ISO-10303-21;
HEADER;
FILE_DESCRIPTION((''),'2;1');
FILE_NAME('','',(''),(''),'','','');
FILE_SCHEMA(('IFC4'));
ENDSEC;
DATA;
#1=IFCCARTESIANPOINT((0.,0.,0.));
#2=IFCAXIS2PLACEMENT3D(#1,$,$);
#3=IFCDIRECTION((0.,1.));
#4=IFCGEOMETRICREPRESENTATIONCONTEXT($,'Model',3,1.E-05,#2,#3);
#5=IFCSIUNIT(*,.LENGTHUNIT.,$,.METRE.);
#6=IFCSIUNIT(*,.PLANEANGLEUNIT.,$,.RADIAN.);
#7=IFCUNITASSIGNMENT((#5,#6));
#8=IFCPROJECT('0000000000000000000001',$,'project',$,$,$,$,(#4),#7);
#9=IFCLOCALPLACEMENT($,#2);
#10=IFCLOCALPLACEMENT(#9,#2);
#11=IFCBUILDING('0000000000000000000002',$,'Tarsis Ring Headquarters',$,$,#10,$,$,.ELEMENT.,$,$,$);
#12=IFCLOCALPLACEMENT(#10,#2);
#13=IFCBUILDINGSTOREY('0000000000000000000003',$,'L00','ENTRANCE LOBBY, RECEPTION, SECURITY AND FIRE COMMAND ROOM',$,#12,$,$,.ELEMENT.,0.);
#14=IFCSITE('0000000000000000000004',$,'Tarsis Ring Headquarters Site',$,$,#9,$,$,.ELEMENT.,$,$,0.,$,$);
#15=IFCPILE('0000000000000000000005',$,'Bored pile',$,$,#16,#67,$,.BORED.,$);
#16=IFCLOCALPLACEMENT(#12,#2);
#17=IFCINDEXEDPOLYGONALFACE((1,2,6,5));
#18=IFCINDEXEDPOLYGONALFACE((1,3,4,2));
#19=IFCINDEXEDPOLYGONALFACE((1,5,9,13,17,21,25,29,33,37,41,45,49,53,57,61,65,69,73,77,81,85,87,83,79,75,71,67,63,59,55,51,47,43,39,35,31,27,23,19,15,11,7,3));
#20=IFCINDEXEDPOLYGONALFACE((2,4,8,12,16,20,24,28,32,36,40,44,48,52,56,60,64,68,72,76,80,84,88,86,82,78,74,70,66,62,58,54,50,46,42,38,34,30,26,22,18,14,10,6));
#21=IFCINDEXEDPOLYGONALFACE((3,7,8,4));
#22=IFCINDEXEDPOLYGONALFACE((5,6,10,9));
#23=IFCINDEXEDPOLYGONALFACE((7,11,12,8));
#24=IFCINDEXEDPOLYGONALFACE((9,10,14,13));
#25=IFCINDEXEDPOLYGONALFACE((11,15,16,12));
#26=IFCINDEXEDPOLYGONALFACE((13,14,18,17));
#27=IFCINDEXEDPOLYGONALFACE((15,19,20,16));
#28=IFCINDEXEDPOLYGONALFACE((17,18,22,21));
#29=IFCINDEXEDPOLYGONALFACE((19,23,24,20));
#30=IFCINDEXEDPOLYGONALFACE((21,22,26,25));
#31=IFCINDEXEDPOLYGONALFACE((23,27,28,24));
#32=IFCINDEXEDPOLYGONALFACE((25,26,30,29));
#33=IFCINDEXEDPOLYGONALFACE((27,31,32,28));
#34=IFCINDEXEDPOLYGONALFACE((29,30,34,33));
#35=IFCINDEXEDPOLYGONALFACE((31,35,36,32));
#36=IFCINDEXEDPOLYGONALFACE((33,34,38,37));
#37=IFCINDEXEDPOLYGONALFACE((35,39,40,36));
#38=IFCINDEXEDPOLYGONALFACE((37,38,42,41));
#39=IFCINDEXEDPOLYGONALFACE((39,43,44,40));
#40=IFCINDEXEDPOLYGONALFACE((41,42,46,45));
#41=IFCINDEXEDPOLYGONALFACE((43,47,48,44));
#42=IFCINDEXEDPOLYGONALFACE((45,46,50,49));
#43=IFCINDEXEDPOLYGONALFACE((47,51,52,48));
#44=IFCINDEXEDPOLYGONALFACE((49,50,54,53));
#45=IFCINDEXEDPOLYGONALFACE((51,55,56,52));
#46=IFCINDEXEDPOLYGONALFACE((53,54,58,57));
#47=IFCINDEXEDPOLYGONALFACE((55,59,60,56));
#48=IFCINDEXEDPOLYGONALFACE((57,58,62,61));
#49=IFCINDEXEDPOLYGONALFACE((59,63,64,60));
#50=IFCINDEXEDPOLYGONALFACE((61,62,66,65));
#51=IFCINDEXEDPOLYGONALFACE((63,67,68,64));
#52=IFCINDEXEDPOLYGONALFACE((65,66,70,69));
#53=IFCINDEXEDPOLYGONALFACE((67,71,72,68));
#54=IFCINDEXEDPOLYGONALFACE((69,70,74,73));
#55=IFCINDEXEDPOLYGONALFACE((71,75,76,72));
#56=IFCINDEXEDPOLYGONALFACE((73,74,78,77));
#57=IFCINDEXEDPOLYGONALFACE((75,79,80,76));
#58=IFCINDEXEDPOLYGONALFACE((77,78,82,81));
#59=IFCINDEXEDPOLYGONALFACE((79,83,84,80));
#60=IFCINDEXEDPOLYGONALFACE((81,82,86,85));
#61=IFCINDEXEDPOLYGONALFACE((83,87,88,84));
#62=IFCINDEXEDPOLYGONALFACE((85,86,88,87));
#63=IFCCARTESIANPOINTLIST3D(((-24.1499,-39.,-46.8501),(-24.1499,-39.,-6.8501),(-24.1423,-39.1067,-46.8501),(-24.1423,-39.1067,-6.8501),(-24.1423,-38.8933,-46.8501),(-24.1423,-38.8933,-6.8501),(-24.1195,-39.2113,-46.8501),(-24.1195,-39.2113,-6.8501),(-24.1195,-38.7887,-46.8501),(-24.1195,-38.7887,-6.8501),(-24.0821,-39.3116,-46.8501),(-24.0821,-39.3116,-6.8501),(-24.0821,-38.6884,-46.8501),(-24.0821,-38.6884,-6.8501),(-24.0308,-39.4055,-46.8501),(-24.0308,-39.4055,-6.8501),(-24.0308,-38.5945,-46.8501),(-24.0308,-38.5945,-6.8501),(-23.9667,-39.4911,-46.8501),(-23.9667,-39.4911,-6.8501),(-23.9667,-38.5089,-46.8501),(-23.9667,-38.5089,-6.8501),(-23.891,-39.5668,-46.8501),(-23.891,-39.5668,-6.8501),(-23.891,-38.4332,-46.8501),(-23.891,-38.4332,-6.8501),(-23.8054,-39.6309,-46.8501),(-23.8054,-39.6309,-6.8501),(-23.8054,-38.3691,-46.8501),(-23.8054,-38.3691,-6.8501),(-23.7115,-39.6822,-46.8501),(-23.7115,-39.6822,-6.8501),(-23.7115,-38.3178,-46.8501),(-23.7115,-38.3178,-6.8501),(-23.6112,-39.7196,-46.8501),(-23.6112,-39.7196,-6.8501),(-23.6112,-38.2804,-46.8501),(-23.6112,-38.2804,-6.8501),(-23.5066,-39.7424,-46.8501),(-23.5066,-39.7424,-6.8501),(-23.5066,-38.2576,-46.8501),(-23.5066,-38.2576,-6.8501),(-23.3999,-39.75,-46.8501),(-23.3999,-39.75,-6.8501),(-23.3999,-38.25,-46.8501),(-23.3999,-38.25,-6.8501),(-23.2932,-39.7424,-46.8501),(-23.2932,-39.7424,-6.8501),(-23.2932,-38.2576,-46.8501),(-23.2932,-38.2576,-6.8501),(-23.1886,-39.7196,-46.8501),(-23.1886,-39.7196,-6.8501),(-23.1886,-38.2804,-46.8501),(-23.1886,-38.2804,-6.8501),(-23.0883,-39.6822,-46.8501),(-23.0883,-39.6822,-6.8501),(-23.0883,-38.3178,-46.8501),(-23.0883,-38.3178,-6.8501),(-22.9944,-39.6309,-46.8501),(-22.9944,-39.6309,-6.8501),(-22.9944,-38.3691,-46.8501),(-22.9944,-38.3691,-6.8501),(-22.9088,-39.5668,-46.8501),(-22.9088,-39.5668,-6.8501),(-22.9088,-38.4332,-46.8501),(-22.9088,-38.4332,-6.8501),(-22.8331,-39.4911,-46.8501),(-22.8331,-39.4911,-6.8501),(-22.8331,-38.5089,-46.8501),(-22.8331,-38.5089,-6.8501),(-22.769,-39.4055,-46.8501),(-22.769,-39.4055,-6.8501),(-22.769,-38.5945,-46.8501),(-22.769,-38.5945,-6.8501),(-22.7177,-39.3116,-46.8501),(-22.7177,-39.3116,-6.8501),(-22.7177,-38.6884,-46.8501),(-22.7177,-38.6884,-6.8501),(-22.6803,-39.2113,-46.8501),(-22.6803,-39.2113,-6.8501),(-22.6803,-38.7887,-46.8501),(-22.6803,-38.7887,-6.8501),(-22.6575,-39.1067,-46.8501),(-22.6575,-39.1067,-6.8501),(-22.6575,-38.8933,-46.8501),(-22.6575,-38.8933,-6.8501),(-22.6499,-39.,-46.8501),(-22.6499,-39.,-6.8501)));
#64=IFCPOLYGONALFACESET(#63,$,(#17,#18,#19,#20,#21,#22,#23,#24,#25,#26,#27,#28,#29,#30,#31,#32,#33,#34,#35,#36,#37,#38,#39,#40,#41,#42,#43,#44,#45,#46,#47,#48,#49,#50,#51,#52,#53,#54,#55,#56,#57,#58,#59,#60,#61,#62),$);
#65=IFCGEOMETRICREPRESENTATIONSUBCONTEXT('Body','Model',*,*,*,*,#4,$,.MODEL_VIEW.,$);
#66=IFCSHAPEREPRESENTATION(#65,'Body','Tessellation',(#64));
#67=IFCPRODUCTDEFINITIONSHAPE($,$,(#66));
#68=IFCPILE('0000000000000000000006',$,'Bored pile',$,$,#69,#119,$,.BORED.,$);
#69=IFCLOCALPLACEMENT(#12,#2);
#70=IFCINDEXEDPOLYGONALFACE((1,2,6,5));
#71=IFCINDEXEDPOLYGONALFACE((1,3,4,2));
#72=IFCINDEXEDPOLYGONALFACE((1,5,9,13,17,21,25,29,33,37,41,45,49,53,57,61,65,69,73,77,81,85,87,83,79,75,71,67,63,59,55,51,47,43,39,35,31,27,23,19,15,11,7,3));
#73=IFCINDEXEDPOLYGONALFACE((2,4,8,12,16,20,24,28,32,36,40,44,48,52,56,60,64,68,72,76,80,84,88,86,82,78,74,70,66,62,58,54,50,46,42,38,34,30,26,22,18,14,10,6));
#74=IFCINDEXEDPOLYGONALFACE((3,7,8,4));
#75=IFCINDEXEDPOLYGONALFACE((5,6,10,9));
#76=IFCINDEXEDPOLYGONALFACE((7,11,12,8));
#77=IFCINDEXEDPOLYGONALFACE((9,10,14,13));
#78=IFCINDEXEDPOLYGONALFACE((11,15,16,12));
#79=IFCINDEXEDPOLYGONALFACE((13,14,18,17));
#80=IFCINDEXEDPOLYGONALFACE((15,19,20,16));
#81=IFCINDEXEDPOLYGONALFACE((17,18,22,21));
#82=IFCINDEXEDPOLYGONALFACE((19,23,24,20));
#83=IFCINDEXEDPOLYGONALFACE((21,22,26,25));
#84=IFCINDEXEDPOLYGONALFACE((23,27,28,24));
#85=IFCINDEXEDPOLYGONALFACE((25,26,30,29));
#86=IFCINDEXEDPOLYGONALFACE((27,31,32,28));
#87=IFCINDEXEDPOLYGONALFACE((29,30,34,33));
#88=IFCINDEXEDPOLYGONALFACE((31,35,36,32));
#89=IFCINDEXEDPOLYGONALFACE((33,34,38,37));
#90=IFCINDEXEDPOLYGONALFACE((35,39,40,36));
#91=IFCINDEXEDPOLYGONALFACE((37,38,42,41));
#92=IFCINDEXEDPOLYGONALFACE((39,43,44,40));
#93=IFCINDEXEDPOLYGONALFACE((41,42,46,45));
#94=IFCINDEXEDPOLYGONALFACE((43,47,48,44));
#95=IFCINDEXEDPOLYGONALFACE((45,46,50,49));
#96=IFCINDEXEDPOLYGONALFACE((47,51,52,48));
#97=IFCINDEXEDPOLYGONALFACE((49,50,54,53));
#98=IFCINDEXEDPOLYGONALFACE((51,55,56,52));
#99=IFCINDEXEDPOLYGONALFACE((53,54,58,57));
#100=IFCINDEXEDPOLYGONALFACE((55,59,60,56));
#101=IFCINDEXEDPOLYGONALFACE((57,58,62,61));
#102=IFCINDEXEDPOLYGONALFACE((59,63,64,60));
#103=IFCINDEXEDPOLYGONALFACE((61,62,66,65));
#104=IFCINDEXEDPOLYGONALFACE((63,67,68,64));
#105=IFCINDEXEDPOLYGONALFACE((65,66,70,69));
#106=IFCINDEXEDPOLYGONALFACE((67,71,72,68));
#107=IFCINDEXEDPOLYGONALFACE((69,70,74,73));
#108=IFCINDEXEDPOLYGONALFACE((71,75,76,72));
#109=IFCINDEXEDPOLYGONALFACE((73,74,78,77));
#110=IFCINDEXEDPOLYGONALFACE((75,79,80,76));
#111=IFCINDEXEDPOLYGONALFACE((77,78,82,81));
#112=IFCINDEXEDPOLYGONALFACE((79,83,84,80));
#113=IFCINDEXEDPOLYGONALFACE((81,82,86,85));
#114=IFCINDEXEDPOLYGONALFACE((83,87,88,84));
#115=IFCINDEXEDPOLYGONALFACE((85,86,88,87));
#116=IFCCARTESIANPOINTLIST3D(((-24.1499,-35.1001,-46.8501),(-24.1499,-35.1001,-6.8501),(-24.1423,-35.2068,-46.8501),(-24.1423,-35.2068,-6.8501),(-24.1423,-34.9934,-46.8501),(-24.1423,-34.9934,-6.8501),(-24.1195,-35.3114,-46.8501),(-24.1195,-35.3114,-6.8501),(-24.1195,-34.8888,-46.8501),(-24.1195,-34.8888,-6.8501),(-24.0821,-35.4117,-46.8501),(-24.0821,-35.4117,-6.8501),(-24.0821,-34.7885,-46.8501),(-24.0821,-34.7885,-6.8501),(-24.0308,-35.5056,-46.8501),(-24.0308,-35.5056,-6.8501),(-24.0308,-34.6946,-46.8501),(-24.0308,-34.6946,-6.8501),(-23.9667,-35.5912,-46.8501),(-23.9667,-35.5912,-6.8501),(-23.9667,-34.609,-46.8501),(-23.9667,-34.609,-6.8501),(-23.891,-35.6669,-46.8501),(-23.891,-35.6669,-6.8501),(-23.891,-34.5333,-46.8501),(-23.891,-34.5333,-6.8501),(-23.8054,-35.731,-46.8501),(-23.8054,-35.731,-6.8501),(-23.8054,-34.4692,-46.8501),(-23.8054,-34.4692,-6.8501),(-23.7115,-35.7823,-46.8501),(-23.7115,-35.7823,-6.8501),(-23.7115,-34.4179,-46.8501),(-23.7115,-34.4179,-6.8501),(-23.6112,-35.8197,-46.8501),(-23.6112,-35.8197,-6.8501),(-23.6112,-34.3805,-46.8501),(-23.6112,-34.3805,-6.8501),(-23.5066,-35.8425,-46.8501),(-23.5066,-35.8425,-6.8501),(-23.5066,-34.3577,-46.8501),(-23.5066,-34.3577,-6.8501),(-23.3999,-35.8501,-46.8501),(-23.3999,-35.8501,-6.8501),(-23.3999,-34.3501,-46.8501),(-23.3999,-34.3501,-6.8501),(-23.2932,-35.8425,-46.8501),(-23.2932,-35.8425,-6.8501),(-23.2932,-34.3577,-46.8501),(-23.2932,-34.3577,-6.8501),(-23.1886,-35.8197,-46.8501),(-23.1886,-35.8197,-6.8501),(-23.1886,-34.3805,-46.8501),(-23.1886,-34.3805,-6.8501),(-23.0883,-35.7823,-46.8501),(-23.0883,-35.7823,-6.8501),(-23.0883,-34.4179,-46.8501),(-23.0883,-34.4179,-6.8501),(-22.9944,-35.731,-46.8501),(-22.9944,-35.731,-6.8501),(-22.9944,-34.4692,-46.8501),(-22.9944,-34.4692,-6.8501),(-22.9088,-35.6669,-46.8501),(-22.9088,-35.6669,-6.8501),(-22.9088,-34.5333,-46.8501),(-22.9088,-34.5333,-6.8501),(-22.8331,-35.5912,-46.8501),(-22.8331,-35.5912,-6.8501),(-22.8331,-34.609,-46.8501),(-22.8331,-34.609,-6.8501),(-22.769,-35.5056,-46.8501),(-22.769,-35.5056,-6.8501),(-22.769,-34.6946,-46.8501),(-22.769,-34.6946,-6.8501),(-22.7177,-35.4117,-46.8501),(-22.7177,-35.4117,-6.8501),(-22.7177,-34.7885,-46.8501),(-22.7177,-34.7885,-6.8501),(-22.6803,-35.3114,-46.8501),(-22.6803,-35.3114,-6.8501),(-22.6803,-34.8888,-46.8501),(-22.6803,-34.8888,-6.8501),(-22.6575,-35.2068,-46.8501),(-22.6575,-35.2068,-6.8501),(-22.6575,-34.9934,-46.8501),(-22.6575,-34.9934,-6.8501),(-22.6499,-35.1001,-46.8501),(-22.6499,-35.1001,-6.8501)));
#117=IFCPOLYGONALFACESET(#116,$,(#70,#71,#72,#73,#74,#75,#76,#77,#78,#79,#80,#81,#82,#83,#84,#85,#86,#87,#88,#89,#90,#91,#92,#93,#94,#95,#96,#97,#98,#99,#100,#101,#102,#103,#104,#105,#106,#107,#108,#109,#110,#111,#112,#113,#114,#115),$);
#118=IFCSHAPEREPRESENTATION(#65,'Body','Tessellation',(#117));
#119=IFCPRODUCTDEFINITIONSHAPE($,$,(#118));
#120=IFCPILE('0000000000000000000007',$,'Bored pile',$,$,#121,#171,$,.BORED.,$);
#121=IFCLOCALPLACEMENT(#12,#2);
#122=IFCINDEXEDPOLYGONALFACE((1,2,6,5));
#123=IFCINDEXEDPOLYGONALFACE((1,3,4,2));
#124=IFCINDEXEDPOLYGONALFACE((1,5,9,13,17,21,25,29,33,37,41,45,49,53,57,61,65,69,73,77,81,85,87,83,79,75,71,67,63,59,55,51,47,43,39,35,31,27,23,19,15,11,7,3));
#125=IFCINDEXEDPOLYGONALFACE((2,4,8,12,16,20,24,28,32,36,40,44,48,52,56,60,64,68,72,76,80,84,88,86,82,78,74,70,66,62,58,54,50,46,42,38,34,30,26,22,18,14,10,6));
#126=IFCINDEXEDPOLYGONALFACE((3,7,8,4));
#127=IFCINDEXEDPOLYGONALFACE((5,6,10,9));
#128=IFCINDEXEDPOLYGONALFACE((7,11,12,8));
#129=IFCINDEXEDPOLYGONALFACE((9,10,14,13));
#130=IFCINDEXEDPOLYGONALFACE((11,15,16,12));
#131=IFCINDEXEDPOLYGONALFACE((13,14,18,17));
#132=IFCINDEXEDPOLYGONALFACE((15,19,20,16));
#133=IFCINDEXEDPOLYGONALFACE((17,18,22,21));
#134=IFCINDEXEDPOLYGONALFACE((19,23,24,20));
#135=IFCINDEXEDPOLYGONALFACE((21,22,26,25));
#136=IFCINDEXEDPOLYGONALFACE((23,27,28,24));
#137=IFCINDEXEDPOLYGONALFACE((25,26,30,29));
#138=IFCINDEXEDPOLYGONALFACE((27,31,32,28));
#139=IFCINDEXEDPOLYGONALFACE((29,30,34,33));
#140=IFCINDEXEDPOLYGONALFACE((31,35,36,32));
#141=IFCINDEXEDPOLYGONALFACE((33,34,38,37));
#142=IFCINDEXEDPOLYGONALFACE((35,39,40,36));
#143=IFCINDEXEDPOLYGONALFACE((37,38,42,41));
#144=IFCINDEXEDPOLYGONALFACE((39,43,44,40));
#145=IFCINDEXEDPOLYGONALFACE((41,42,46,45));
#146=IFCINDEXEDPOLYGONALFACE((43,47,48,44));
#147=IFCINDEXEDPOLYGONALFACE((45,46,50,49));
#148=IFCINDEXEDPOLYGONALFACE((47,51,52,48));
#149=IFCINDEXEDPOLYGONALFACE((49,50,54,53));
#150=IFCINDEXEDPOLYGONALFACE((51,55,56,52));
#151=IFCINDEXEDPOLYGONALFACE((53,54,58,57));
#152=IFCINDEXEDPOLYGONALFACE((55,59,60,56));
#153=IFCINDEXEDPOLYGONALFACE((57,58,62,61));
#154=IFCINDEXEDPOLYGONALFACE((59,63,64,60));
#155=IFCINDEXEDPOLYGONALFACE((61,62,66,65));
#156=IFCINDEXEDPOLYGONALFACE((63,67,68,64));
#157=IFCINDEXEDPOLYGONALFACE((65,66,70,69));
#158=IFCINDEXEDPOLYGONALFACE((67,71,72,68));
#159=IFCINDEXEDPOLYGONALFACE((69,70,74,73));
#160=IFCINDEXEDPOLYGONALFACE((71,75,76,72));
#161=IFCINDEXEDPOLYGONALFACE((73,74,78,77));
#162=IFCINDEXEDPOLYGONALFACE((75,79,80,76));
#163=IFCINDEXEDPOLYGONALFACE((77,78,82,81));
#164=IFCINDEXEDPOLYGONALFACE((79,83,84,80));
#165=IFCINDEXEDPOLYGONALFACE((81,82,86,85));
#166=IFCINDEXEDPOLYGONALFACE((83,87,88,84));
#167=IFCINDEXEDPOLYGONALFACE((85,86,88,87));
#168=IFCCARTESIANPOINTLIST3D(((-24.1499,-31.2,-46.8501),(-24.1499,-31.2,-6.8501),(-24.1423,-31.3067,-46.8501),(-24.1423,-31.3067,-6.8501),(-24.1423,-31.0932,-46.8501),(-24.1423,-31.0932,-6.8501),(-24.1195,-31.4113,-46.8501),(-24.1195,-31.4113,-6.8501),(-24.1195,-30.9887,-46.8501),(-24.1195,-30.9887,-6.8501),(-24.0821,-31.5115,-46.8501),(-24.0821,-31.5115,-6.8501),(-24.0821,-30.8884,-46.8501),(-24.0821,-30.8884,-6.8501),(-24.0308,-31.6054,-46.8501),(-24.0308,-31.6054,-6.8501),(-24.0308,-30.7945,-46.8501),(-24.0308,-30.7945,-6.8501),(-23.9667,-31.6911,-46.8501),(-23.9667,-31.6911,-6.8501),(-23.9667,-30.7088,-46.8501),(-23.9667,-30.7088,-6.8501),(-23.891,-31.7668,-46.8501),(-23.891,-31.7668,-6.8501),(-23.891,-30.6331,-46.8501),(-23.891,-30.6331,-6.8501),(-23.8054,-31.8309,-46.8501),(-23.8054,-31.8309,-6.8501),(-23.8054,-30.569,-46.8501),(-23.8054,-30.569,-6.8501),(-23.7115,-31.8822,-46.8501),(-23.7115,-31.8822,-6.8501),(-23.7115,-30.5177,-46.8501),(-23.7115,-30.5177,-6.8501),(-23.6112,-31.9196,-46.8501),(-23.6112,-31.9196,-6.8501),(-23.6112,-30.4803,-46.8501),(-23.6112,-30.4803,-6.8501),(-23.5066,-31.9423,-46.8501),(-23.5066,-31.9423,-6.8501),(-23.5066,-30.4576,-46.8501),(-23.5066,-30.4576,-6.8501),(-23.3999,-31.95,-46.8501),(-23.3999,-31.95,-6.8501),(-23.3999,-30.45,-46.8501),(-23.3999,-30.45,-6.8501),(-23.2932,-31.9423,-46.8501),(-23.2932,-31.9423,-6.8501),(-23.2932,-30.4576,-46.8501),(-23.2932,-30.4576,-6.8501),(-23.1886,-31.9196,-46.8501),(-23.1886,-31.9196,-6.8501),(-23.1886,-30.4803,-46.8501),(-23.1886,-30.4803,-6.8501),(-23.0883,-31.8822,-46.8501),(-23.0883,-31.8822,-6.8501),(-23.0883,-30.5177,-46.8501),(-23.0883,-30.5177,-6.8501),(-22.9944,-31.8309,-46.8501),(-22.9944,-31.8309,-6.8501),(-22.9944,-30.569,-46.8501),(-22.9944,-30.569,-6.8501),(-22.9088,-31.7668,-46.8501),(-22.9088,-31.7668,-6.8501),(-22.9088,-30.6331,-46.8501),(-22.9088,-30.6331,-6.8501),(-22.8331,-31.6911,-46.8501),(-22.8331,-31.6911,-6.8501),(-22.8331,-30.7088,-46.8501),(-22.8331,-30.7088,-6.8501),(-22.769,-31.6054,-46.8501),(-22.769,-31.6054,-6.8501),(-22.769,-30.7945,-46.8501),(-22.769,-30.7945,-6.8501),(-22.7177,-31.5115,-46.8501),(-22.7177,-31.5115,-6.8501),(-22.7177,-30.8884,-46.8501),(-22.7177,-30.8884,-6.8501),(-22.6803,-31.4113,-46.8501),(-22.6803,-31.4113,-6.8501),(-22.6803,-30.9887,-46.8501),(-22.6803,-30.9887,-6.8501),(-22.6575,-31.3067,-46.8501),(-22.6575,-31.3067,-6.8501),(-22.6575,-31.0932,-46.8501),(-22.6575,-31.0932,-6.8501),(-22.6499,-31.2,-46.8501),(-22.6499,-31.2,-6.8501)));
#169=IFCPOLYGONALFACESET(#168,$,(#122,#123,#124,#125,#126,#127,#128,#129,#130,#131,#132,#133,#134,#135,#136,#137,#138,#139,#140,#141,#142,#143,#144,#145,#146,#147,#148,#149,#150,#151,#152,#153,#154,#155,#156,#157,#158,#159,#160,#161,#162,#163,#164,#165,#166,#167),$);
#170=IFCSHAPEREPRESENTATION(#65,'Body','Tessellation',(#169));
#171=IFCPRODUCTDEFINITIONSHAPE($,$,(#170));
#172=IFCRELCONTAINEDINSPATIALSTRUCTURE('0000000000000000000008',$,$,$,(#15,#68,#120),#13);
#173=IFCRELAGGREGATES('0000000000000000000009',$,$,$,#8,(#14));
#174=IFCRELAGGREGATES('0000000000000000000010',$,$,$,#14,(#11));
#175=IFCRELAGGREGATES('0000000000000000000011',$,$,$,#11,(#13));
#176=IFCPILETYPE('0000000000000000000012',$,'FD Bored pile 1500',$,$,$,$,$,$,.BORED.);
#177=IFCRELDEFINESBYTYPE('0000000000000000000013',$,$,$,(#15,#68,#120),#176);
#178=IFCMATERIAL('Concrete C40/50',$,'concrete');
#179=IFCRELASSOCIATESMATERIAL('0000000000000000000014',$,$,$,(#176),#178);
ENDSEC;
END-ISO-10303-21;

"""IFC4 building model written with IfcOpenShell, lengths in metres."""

from ifc_helpers import new_model, si_unit, direction, frame, origin, origin_2d, place, context, subcontext, project, spatial, circle, extrude, material, material_profile, profile_set, type_object, element, save


model = new_model("IFC4")

# Units and contexts
model_context = context("Model", 3, precision=1e-05, world=origin(), true_north=direction((0.0, 1.0)))
body_context = subcontext(model_context, "Body", "Model", "MODEL_VIEW")
ifc_project = project(units=[si_unit("LENGTHUNIT", "METRE"), si_unit("PLANEANGLEUNIT", "RADIAN")], contexts=[model_context])

# Site, building, storey
site_placement = place(None, origin())
site = spatial("IfcSite", under=ifc_project, at=site_placement, Name="Tarsis Ring Headquarters Site", CompositionType="ELEMENT", RefElevation=0.0)
building_placement = place(site_placement, origin())
building = spatial("IfcBuilding", under=site, at=building_placement, Name="Tarsis Ring Headquarters", CompositionType="ELEMENT")
storey_placement = place(building_placement, origin())
storey = spatial("IfcBuildingStorey", under=building, at=storey_placement, Name="L00", Description="ENTRANCE LOBBY, RECEPTION, SECURITY AND FIRE COMMAND ROOM", CompositionType="ELEMENT", Elevation=0.0)

# Piles
ifc_material_1 = material(Name="Concrete C40/50", Category="concrete")
ifc_material_profile_1 = material_profile(ifc_material_1, circle(Radius=0.75, at=origin_2d()), Name="BORED 1500")
ifc_profile_set_1 = profile_set([ifc_material_profile_1], Name="Concrete C40/50")
pile_type_1 = type_object("IfcPileType", Name="FD Bored pile 1500", PredefinedType="BORED", material=ifc_profile_set_1)
for number, where, z_axis, x_axis, name in (
    (1, (-23.3999, -39.0, -6.8501), (0.0, 0.0, -1.0), (1.0, 0.0, 0.0), "Bored pile"),
    (2, (-23.3999, -35.1001, -6.8501), (0.0, 0.0, -1.0), (1.0, 0.0, 0.0), "Bored pile"),
    (3, (-23.3999, -31.2, -6.8501), (0.0, 0.0, -1.0), (1.0, 0.0, 0.0), "Bored pile"),
):
    element("IfcPile", number, at=place(storey_placement, frame(where, z_axis=z_axis, x_axis=x_axis)), inside=storey, type_object=pile_type_1, Name=name, PredefinedType="BORED", context=body_context, shape_type="SweptSolid", body=[
        extrude(circle(Radius=0.75, at=origin_2d()), origin(), (0.0, 0.0, 1.0), 40.0),
    ])

save(model, "model.ifc")
